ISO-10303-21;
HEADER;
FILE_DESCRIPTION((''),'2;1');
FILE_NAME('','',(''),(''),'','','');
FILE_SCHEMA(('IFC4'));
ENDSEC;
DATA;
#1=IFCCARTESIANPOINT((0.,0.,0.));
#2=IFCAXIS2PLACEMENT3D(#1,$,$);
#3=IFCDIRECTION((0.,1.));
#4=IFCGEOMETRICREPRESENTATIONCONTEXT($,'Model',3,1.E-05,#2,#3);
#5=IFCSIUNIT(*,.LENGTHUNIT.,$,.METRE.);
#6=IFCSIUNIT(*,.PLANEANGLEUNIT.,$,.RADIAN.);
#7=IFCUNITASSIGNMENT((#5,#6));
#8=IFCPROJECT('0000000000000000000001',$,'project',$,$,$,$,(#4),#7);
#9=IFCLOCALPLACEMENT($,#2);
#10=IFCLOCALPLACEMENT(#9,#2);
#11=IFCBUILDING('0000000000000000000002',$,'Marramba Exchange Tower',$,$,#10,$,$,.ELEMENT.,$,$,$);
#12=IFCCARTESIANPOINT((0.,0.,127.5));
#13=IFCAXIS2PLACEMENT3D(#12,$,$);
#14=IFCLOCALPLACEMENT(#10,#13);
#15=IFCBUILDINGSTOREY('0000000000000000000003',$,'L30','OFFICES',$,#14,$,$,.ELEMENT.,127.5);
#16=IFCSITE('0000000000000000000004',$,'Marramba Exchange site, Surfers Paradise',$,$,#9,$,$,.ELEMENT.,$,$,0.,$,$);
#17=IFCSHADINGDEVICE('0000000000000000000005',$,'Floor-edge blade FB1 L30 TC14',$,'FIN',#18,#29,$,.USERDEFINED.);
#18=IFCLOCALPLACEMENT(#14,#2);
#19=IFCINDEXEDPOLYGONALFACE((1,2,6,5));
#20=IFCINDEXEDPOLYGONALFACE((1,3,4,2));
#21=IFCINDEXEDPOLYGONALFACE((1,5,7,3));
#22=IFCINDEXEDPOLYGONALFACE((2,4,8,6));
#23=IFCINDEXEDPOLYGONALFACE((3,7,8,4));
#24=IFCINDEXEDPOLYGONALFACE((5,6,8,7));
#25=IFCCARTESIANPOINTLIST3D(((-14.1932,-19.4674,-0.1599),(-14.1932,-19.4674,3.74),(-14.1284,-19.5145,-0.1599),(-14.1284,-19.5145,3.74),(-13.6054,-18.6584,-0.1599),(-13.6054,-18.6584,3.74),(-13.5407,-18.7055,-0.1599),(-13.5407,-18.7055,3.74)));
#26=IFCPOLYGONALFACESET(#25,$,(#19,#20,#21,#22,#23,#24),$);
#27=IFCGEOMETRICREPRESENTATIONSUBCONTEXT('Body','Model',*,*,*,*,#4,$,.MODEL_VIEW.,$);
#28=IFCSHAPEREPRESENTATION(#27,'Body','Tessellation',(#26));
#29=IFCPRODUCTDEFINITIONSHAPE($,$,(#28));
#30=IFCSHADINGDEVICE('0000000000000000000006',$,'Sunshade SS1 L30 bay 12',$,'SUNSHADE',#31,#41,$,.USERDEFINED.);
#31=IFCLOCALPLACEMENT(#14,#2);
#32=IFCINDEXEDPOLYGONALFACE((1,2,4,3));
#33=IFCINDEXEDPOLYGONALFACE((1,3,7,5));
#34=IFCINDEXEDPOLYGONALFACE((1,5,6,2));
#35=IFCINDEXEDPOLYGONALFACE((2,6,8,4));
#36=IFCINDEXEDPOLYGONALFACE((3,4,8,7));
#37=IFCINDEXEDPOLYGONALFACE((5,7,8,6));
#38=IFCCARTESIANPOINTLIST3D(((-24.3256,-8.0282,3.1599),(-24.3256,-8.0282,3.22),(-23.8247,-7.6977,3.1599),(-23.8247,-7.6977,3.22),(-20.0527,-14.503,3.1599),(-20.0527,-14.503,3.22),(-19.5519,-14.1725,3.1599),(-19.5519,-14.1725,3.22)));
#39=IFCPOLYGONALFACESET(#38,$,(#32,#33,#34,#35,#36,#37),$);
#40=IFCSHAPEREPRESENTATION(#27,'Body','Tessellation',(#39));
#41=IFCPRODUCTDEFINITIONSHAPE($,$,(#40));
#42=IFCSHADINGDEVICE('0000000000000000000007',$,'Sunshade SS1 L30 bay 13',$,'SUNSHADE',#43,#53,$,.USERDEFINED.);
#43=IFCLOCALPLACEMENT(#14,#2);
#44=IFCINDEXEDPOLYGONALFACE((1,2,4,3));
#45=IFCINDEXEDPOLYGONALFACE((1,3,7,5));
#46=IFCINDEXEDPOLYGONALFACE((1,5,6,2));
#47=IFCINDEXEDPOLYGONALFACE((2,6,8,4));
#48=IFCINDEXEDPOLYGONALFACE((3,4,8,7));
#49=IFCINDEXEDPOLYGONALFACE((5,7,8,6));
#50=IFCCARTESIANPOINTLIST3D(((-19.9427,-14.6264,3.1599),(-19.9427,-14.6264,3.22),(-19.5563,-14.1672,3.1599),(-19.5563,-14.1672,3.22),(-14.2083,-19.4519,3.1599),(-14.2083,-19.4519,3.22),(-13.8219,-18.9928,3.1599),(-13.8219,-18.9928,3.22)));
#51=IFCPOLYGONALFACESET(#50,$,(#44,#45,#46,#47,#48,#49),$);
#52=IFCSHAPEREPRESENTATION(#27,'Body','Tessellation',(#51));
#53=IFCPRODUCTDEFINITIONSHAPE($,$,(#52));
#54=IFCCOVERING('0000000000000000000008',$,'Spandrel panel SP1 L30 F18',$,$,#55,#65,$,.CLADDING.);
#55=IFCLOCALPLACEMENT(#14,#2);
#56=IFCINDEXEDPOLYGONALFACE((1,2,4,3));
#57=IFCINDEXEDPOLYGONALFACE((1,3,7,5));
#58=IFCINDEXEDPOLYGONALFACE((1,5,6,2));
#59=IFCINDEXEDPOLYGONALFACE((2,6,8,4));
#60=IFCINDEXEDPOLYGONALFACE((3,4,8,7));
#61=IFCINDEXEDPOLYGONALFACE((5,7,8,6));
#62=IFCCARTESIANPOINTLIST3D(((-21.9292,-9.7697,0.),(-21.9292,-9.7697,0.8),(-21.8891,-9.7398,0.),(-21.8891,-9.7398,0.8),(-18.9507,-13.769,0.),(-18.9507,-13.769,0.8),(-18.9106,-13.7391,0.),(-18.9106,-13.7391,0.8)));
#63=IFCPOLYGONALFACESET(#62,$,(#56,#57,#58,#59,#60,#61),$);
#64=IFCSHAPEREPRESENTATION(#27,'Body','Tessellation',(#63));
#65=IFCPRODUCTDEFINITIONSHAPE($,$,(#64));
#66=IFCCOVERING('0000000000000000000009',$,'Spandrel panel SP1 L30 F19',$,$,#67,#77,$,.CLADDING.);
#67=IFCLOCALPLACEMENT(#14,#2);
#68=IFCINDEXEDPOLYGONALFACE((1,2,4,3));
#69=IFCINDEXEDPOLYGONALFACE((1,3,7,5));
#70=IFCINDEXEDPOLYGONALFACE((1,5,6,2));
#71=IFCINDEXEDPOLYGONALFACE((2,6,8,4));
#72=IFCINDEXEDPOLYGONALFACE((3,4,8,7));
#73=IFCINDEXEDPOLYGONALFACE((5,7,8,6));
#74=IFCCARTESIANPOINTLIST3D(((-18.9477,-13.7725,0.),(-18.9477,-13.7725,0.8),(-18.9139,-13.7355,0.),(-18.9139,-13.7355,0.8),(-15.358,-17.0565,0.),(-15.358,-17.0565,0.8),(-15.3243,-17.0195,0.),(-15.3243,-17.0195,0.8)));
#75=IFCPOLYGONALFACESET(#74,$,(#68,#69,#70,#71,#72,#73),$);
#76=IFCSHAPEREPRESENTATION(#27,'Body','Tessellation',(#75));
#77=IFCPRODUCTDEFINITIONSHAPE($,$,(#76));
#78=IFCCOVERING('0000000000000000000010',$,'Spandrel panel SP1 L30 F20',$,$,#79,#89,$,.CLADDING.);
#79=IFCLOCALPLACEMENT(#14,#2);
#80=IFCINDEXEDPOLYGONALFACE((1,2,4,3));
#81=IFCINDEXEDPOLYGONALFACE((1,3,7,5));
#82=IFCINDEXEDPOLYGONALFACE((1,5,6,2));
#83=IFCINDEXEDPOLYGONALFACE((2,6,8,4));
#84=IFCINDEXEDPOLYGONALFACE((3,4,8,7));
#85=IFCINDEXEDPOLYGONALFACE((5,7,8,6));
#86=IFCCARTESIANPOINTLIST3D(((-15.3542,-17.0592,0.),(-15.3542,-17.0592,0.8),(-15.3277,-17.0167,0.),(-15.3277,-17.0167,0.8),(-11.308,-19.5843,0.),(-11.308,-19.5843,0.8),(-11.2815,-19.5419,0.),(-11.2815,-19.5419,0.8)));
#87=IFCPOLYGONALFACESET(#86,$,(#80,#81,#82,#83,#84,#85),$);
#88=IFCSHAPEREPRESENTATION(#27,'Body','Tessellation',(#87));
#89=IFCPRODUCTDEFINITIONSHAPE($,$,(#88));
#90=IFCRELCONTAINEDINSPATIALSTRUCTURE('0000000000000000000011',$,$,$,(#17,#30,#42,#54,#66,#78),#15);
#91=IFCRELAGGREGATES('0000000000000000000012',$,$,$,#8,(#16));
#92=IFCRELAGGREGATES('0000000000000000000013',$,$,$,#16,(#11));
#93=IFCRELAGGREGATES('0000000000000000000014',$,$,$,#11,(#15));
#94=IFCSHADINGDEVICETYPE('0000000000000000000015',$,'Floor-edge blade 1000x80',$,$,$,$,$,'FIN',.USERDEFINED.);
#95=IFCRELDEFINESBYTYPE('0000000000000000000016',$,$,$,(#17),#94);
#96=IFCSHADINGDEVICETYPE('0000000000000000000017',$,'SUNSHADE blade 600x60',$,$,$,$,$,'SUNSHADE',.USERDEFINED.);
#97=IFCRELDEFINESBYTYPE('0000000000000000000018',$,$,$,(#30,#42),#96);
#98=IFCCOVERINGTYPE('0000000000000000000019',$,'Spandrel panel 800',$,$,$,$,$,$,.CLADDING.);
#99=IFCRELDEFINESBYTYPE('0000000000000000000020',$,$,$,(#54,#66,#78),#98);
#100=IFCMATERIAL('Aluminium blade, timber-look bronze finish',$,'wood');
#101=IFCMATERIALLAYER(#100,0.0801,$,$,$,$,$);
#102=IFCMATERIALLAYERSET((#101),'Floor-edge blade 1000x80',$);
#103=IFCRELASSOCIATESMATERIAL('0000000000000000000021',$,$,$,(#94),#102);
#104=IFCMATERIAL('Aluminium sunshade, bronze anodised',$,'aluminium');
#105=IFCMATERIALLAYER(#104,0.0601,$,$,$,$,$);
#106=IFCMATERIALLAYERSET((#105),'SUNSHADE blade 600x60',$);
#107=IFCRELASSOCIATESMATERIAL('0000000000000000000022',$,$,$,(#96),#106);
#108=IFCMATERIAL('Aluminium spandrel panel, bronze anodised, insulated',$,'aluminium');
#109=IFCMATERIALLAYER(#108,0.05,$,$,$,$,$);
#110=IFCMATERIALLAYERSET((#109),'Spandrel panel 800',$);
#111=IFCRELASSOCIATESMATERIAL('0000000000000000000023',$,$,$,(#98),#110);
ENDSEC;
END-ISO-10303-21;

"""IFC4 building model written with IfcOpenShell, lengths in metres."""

from ifc_helpers import new_model, si_unit, direction, frame, origin, origin_2d, place, context, subcontext, project, spatial, rectangle, extrude, material, layer, layer_set, type_object, element, save


model = new_model("IFC4")

# Units and contexts
model_context = context("Model", 3, precision=1e-05, world=origin(), true_north=direction((0.0, 1.0)))
body_context = subcontext(model_context, "Body", "Model", "MODEL_VIEW")
ifc_project = project(units=[si_unit("LENGTHUNIT", "METRE"), si_unit("PLANEANGLEUNIT", "RADIAN")], contexts=[model_context])

# Site, building, storey
site_placement = place(None, origin())
site = spatial("IfcSite", under=ifc_project, at=site_placement, Name="Marramba Exchange site, Surfers Paradise", CompositionType="ELEMENT", RefElevation=0.0)
building_placement = place(site_placement, origin())
building = spatial("IfcBuilding", under=site, at=building_placement, Name="Marramba Exchange Tower", CompositionType="ELEMENT")
storey_placement = place(building_placement, frame((0.0, 0.0, 127.5)))
storey = spatial("IfcBuildingStorey", under=building, at=storey_placement, Name="L30", Description="OFFICES", CompositionType="ELEMENT", Elevation=127.5)

# Shading devices
ifc_material_1 = material(Name="Aluminium blade, timber-look bronze finish", Category="wood")
ifc_layer_1 = layer(ifc_material_1, 0.0801)
ifc_layer_set_1 = layer_set([ifc_layer_1], Name="Floor-edge blade 1000x80")
shading_device_type_1 = type_object("IfcShadingDeviceType", Name="Floor-edge blade 1000x80", ElementType="FIN", PredefinedType="USERDEFINED", material=ifc_layer_set_1)
for number, where, z_axis, x_axis, name in (
    (1, (-13.8669, -19.0864, -0.1599), (0.0, 0.0, 1.0), (-0.587785, -0.809017, 0.0), "Floor-edge blade FB1 L30 TC14"),
):
    element("IfcShadingDevice", number, at=place(storey_placement, frame(where, z_axis=z_axis, x_axis=x_axis)), inside=storey, type_object=shading_device_type_1, Name=name, ObjectType="FIN", PredefinedType="USERDEFINED", context=body_context, shape_type="SweptSolid", body=[
        extrude(rectangle(XDim=1.0, YDim=0.0801, at=origin_2d()), origin(), (0.0, 0.0, 1.0), 3.8999),
    ])
ifc_material_2 = material(Name="Aluminium sunshade, bronze anodised", Category="aluminium")
ifc_layer_2 = layer(ifc_material_2, 0.0601)
ifc_layer_set_2 = layer_set([ifc_layer_2], Name="SUNSHADE blade 600x60")
shading_device_type_2 = type_object("IfcShadingDeviceType", Name="SUNSHADE blade 600x60", ElementType="SUNSHADE", PredefinedType="USERDEFINED", material=ifc_layer_set_2)
shading_device_1_placement = place(storey_placement, frame((-21.9387, -11.1003, 3.1599), z_axis=(0.0, 0.0, 1.0), x_axis=(0.550792, -0.834642, 0.0)))
element("IfcShadingDevice", 2, at=shading_device_1_placement, inside=storey, type_object=shading_device_type_2, Name="Sunshade SS1 L30 bay 12", ObjectType="SUNSHADE", PredefinedType="USERDEFINED", context=body_context, shape_type="SweptSolid", body=[
    extrude(rectangle(XDim=7.7576, YDim=0.6001, at=origin_2d()), origin(), (0.0, 0.0, 1.0), 0.0601),
])
shading_device_2_placement = place(storey_placement, frame((-16.8823, -16.8096, 3.1599), z_axis=(0.0, 0.0, 1.0), x_axis=(0.765139, -0.643866, 0.0)))
element("IfcShadingDevice", 3, at=shading_device_2_placement, inside=storey, type_object=shading_device_type_2, Name="Sunshade SS1 L30 bay 13", ObjectType="SUNSHADE", PredefinedType="USERDEFINED", context=body_context, shape_type="SweptSolid", body=[
    extrude(rectangle(XDim=7.4946, YDim=0.6001, at=origin_2d()), origin(), (0.0, 0.0, 1.0), 0.0601),
])

# Coverings
ifc_material_3 = material(Name="Aluminium spandrel panel, bronze anodised, insulated", Category="aluminium")
ifc_layer_3 = layer(ifc_material_3, 0.05)
ifc_layer_set_3 = layer_set([ifc_layer_3], Name="Spandrel panel 800")
covering_type = type_object("IfcCoveringType", Name="Spandrel panel 800", PredefinedType="CLADDING", material=ifc_layer_set_3)
covering_1_placement = place(storey_placement, frame((-20.4199, -11.7544, 0.0), z_axis=(0.0, 0.0, 1.0), x_axis=(0.597305, -0.802014, 0.0)))
element("IfcCovering", 4, at=covering_1_placement, inside=storey, type_object=covering_type, Name="Spandrel panel SP1 L30 F18", PredefinedType="CLADDING", context=body_context, shape_type="SweptSolid", body=[
    extrude(rectangle(XDim=4.9866, YDim=0.05, at=origin_2d()), origin(), (0.0, 0.0, 1.0), 0.8),
])
covering_2_placement = place(storey_placement, frame((-17.136, -15.396, 0.0), z_axis=(0.0, 0.0, 1.0), x_axis=(0.737822, -0.674995, 0.0)))
element("IfcCovering", 5, at=covering_2_placement, inside=storey, type_object=covering_type, Name="Spandrel panel SP1 L30 F19", PredefinedType="CLADDING", context=body_context, shape_type="SweptSolid", body=[
    extrude(rectangle(XDim=4.8652, YDim=0.05, at=origin_2d()), origin(), (0.0, 0.0, 1.0), 0.8),
])
covering_3_placement = place(storey_placement, frame((-13.3179, -18.3005, 0.0), z_axis=(0.0, 0.0, 1.0), x_axis=(0.848355, -0.529428, 0.0)))
element("IfcCovering", 6, at=covering_3_placement, inside=storey, type_object=covering_type, Name="Spandrel panel SP1 L30 F20", PredefinedType="CLADDING", context=body_context, shape_type="SweptSolid", body=[
    extrude(rectangle(XDim=4.7695, YDim=0.05, at=origin_2d()), origin(), (0.0, 0.0, 1.0), 0.8),
])

save(model, "model.ifc")
